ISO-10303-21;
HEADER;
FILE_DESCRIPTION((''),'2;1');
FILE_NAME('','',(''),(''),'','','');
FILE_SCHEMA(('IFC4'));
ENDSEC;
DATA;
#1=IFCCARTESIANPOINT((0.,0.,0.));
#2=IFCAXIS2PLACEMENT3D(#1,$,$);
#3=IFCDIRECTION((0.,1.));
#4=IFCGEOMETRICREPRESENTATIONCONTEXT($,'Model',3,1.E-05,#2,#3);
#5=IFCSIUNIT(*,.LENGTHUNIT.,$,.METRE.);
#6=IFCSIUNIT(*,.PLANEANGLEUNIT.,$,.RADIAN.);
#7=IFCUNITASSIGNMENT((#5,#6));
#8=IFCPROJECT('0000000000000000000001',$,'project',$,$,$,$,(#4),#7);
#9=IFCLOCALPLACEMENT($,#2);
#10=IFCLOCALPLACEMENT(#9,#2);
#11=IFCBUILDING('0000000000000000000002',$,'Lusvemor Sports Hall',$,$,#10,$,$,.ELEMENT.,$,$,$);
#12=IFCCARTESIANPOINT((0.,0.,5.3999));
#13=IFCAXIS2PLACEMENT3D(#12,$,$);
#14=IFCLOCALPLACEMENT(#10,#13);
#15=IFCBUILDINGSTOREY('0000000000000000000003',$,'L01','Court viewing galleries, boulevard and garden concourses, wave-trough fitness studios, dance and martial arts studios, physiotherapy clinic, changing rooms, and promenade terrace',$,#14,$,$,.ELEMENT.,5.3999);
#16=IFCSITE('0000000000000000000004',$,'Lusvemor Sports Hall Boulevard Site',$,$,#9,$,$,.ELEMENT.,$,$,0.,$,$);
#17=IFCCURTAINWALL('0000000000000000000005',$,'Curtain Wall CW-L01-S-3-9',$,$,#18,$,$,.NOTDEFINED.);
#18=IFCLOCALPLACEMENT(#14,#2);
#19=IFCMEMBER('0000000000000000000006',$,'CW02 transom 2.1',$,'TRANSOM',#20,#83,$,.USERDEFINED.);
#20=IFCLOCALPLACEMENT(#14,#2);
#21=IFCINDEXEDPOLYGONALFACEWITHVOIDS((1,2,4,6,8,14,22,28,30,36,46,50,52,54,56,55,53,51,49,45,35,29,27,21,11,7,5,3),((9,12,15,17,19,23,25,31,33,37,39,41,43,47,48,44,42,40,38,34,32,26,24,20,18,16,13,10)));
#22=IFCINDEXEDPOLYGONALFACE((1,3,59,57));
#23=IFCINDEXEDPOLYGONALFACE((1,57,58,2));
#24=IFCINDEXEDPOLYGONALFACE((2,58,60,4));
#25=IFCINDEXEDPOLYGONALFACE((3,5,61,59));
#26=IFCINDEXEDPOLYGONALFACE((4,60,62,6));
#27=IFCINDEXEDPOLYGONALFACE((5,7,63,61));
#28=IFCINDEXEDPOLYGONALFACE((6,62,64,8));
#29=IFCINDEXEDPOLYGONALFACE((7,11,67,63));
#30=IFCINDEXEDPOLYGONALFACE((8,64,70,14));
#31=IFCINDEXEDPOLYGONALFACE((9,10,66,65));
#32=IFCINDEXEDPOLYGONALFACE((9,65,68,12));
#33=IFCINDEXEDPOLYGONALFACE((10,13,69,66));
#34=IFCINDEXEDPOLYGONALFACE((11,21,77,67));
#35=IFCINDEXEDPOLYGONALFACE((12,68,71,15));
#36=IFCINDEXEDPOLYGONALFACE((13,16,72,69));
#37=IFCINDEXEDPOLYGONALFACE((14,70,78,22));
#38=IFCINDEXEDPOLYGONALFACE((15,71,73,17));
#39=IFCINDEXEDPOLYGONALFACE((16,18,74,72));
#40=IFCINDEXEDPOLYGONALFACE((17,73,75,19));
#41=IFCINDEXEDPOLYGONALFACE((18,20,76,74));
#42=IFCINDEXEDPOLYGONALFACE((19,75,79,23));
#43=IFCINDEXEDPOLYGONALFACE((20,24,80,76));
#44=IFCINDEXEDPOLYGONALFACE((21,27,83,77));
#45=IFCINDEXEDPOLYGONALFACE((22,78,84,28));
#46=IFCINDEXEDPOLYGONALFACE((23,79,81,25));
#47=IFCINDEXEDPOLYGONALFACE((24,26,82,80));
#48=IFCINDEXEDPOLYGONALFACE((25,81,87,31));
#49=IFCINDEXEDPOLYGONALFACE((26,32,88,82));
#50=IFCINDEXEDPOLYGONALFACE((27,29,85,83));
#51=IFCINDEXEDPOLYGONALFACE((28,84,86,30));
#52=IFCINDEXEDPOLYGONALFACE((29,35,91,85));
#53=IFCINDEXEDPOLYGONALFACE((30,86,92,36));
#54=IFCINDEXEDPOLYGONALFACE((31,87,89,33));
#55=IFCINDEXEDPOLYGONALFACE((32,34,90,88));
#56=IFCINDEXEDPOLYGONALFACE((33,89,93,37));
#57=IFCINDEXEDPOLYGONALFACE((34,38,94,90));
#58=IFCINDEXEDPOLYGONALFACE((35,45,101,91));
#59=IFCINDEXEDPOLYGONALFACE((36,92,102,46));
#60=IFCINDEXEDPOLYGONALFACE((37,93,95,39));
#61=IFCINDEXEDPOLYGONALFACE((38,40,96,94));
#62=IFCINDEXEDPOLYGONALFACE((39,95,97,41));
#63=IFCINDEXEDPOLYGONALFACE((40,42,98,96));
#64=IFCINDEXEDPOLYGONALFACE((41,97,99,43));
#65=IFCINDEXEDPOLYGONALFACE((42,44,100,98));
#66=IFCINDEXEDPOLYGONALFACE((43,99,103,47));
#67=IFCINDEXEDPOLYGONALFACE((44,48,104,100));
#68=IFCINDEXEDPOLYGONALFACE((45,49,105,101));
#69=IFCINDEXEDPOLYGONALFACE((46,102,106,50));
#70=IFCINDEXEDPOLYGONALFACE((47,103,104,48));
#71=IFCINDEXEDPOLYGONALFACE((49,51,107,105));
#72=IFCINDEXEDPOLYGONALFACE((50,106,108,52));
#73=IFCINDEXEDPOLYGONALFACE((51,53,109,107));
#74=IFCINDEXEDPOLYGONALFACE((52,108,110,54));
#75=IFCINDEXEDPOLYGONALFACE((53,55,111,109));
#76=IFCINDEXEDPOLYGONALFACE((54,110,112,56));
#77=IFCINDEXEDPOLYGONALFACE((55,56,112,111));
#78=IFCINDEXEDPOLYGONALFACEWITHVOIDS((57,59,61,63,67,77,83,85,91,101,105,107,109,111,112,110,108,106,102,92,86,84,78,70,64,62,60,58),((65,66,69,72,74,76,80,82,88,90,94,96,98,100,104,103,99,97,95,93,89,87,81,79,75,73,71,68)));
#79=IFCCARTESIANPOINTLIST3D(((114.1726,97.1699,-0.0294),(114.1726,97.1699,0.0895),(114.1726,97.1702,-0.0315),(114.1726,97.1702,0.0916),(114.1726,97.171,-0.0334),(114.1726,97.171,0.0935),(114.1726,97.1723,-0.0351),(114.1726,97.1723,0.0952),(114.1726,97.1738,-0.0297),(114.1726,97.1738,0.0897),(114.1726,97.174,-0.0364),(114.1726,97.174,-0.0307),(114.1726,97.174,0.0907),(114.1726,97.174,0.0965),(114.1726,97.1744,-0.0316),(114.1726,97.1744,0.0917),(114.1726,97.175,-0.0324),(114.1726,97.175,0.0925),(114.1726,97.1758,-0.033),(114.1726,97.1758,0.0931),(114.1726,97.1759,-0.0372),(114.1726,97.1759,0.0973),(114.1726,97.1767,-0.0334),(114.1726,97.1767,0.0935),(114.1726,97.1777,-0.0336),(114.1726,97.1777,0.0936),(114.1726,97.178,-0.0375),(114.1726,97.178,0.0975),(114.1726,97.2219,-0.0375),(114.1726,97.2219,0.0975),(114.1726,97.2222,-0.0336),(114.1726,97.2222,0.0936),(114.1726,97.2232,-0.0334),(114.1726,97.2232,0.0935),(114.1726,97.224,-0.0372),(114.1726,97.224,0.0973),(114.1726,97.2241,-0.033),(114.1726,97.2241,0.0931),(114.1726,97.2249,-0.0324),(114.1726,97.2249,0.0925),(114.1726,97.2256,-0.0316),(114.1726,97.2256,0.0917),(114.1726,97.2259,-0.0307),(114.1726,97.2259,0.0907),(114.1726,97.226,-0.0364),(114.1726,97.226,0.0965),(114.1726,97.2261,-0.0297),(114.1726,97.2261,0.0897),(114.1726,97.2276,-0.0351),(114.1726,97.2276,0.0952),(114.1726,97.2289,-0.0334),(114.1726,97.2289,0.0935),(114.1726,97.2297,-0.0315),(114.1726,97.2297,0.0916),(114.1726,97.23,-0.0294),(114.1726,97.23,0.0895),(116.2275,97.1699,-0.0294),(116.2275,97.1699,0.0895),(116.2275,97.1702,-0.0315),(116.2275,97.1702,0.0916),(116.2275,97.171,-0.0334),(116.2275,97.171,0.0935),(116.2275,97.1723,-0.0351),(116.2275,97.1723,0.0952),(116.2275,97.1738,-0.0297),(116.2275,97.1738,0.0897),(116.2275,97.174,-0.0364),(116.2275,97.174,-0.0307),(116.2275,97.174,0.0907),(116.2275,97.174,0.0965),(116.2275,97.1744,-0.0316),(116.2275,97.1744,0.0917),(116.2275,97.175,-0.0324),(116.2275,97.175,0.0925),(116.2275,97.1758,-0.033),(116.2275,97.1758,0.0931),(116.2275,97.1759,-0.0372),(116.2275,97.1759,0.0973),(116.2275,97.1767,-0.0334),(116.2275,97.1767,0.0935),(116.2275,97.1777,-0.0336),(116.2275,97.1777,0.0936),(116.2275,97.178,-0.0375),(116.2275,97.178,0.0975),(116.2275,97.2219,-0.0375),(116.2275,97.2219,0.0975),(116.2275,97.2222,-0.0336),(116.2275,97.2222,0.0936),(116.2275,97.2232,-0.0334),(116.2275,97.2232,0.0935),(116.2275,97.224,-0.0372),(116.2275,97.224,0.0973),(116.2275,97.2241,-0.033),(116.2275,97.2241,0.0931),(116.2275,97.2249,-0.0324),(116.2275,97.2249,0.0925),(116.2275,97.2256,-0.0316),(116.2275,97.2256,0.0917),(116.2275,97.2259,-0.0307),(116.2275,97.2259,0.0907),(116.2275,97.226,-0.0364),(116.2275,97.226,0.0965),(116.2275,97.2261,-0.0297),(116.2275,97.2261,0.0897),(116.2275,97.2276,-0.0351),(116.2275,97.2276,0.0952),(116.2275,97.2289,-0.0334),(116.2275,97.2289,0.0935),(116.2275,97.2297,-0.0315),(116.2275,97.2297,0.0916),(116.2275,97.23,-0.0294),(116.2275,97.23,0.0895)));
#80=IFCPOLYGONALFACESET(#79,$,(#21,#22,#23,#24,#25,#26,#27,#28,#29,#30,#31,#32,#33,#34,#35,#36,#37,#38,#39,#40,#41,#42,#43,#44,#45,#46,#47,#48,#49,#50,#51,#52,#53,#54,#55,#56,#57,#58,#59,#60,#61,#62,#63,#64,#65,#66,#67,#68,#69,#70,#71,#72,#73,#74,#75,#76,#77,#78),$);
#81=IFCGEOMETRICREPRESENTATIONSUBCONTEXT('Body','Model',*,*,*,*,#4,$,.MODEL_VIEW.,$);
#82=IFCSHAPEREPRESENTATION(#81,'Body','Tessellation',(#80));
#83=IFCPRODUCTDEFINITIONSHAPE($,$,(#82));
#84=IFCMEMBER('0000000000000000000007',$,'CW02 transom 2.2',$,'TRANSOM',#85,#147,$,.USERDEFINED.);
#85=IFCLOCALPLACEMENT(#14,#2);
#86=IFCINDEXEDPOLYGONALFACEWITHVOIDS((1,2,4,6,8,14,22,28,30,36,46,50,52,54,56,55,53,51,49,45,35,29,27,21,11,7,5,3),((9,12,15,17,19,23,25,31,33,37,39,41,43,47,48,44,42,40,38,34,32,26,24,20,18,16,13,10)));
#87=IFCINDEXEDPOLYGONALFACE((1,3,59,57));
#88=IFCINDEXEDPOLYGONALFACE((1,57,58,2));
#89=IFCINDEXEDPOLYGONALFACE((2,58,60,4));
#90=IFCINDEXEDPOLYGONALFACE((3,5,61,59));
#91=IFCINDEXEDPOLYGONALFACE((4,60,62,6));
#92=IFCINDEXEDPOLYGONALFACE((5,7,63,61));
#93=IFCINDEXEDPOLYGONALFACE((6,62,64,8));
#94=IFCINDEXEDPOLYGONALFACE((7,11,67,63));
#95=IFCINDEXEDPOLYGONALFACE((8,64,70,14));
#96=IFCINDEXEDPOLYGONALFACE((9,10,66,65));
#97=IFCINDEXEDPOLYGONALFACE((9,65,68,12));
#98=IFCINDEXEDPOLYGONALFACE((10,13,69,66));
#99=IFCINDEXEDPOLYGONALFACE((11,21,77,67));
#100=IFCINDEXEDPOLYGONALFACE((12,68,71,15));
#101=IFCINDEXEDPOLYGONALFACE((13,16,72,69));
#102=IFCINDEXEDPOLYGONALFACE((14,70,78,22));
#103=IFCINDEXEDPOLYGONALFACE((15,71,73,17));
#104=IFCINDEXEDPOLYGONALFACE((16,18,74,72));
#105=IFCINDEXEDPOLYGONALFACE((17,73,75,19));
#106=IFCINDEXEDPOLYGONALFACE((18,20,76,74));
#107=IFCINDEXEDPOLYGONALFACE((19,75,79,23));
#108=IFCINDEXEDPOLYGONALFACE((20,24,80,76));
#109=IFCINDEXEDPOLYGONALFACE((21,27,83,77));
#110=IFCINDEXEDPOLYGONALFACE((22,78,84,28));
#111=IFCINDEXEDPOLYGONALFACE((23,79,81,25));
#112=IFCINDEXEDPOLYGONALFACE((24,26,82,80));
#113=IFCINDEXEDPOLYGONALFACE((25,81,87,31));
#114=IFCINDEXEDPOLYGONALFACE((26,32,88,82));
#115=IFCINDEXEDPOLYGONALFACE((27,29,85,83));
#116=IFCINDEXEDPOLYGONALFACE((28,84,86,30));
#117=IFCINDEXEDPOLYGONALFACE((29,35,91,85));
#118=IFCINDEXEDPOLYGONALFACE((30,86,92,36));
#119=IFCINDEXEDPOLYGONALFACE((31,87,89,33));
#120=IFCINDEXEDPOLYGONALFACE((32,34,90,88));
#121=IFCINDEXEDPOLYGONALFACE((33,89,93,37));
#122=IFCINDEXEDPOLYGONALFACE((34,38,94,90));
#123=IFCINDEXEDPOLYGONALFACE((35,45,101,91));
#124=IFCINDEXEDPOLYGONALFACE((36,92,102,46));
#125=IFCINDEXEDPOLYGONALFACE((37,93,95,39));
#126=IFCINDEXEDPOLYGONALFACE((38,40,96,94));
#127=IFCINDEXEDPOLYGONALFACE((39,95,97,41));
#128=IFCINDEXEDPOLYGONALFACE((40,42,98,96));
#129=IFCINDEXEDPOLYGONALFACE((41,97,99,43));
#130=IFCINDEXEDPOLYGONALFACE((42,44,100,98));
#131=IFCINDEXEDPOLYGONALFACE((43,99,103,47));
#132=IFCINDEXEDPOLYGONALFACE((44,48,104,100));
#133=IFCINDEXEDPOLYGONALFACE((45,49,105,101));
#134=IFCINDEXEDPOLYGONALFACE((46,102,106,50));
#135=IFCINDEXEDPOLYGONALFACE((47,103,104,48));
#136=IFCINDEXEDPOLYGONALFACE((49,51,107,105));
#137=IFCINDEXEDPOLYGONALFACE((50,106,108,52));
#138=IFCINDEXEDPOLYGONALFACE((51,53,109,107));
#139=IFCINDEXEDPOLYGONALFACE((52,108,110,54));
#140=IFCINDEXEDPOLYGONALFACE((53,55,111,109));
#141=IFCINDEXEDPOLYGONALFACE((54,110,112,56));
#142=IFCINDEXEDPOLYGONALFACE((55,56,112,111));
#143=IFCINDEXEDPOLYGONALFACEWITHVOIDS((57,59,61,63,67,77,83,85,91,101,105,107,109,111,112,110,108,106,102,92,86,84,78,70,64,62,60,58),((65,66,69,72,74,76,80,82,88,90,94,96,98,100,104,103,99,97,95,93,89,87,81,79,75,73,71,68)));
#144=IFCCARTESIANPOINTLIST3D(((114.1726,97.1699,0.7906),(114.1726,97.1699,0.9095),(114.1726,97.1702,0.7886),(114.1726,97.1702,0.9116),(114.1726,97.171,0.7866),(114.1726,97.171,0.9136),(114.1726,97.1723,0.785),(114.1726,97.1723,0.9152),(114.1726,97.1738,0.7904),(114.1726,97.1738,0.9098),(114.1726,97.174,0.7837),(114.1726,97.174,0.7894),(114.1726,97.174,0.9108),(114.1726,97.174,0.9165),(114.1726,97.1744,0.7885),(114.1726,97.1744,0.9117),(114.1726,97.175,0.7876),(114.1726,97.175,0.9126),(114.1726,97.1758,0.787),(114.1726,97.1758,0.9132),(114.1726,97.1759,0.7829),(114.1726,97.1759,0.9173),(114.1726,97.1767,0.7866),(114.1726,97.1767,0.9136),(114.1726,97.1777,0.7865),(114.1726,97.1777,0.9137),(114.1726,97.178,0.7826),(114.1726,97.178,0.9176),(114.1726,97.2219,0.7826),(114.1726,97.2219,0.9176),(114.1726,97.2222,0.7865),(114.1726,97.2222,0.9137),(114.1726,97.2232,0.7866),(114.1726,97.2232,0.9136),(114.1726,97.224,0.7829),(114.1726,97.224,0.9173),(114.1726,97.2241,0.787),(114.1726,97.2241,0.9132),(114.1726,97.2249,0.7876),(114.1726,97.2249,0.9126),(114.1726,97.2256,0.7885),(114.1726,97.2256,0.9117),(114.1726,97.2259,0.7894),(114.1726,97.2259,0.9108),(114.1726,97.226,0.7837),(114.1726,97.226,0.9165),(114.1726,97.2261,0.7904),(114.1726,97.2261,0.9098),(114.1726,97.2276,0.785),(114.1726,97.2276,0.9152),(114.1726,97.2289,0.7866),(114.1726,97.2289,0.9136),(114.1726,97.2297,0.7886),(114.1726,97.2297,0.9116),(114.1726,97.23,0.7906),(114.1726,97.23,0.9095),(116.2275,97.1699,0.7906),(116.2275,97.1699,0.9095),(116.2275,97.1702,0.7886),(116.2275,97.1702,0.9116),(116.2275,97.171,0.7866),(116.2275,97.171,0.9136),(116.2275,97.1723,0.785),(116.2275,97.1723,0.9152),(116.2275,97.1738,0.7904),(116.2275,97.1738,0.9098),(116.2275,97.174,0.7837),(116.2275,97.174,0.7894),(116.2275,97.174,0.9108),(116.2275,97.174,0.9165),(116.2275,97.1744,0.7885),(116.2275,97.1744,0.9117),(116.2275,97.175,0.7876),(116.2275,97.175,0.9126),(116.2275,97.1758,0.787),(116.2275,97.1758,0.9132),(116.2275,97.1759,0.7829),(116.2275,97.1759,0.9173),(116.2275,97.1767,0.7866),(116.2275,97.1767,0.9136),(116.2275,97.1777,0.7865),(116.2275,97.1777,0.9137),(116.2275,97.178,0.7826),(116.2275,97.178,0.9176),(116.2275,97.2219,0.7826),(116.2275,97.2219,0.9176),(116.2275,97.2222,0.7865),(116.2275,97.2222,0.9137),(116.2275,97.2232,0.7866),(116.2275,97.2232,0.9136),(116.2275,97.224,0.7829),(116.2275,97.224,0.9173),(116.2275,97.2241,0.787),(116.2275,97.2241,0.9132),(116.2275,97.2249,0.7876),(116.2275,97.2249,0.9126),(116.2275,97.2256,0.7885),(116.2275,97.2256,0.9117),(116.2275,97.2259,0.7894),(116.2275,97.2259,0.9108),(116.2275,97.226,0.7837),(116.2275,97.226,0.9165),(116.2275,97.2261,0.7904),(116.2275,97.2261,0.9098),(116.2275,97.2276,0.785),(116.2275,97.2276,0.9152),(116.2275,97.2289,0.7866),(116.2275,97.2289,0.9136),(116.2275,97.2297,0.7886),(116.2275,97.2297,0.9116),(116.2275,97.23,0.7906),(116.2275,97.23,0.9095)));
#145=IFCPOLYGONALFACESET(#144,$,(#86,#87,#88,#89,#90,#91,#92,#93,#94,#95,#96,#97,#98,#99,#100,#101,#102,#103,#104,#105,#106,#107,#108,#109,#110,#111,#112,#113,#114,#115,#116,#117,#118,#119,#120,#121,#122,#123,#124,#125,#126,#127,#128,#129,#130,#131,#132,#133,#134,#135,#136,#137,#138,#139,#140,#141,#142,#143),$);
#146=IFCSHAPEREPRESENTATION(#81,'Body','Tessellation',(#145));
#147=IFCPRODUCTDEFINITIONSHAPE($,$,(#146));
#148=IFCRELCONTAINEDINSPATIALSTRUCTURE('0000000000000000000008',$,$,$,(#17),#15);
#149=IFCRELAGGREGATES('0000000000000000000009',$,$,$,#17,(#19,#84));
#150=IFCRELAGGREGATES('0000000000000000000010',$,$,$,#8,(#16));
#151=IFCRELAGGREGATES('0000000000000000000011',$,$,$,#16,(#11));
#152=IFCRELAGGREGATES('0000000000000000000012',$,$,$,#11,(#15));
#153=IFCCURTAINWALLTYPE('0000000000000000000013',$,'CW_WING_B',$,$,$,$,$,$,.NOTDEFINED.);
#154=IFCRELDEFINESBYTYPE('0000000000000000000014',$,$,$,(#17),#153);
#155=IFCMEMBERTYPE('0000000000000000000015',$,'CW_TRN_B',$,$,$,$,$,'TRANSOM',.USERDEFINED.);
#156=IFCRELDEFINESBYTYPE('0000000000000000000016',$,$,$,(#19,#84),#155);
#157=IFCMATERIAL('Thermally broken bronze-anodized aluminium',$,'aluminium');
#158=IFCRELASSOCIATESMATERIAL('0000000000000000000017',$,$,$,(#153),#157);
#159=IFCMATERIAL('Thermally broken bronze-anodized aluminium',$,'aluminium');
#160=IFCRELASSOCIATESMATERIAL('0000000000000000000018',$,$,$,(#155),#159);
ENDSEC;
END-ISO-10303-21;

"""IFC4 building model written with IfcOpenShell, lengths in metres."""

from ifc_helpers import new_model, si_unit, direction, frame, origin, origin_2d, place, context, subcontext, project, spatial, hollow_rectangle, extrude, material, material_profile, profile_set, type_object, element, aggregate, save


model = new_model("IFC4")

# Units and contexts
model_context = context("Model", 3, precision=1e-05, world=origin(), true_north=direction((0.0, 1.0)))
body_context = subcontext(model_context, "Body", "Model", "MODEL_VIEW")
ifc_project = project(units=[si_unit("LENGTHUNIT", "METRE"), si_unit("PLANEANGLEUNIT", "RADIAN")], contexts=[model_context])

# Site, building, storey
site_placement = place(None, origin())
site = spatial("IfcSite", under=ifc_project, at=site_placement, Name="Lusvemor Sports Hall Boulevard Site", CompositionType="ELEMENT", RefElevation=0.0)
building_placement = place(site_placement, origin())
building = spatial("IfcBuilding", under=site, at=building_placement, Name="Lusvemor Sports Hall", CompositionType="ELEMENT")
storey_placement = place(building_placement, frame((0.0, 0.0, 5.3999)))
storey = spatial("IfcBuildingStorey", under=building, at=storey_placement, Name="L01", Description="Court viewing galleries, boulevard and garden concourses, wave-trough fitness studios, dance and martial arts studios, physiotherapy clinic, changing rooms, and promenade terrace", CompositionType="ELEMENT", Elevation=5.3999)

# Curtain wall, members
ifc_material_1 = material(Name="Thermally broken bronze-anodized aluminium", Category="aluminium")
curtain_wall_type = type_object("IfcCurtainWallType", Name="CW_WING_B", PredefinedType="NOTDEFINED", material=ifc_material_1)
curtain_wall_placement = place(storey_placement, origin())
curtain_wall = element("IfcCurtainWall", 1, at=curtain_wall_placement, inside=storey, type_object=curtain_wall_type, Name="Curtain Wall CW-L01-S-3-9", PredefinedType="NOTDEFINED")
ifc_material_2 = material(Name="Thermally broken bronze-anodized aluminium", Category="aluminium")
ifc_material_profile_1 = material_profile(ifc_material_2, hollow_rectangle(XDim=0.0601, YDim=0.135, WallThickness=0.0039, InnerFilletRadius=0.0039, OuterFilletRadius=0.0081, at=origin_2d()), Name="CWTRN135x60x4")
ifc_profile_set_1 = profile_set([ifc_material_profile_1], Name="Thermally broken bronze-anodized aluminium")
member_type_1 = type_object("IfcMemberType", Name="CW_TRN_B", ElementType="TRANSOM", PredefinedType="USERDEFINED", material=ifc_profile_set_1)
member_1_placement = place(storey_placement, frame((116.2275, 97.2, 0.03), z_axis=(-1.0, 0.0, 0.0), x_axis=(0.0, -1.0, 0.0)))
member_1 = element("IfcMember", 2, at=member_1_placement, type_object=member_type_1, Name="CW02 transom 2.1", ObjectType="TRANSOM", PredefinedType="USERDEFINED", context=body_context, shape_type="SweptSolid", body=[
    extrude(hollow_rectangle(XDim=0.0601, YDim=0.135, WallThickness=0.0039, InnerFilletRadius=0.0039, OuterFilletRadius=0.0081, at=origin_2d()), origin(), (0.0, 0.0, 1.0), 2.0549),
])
member_2_placement = place(storey_placement, frame((116.2275, 97.2, 0.8501), z_axis=(-1.0, 0.0, 0.0), x_axis=(0.0, -1.0, 0.0)))
member_2 = element("IfcMember", 3, at=member_2_placement, type_object=member_type_1, Name="CW02 transom 2.2", ObjectType="TRANSOM", PredefinedType="USERDEFINED", context=body_context, shape_type="SweptSolid", body=[
    extrude(hollow_rectangle(XDim=0.0601, YDim=0.135, WallThickness=0.0039, InnerFilletRadius=0.0039, OuterFilletRadius=0.0081, at=origin_2d()), origin(), (0.0, 0.0, 1.0), 2.0549),
])

aggregate(curtain_wall, [member_1, member_2])

save(model, "model.ifc")
